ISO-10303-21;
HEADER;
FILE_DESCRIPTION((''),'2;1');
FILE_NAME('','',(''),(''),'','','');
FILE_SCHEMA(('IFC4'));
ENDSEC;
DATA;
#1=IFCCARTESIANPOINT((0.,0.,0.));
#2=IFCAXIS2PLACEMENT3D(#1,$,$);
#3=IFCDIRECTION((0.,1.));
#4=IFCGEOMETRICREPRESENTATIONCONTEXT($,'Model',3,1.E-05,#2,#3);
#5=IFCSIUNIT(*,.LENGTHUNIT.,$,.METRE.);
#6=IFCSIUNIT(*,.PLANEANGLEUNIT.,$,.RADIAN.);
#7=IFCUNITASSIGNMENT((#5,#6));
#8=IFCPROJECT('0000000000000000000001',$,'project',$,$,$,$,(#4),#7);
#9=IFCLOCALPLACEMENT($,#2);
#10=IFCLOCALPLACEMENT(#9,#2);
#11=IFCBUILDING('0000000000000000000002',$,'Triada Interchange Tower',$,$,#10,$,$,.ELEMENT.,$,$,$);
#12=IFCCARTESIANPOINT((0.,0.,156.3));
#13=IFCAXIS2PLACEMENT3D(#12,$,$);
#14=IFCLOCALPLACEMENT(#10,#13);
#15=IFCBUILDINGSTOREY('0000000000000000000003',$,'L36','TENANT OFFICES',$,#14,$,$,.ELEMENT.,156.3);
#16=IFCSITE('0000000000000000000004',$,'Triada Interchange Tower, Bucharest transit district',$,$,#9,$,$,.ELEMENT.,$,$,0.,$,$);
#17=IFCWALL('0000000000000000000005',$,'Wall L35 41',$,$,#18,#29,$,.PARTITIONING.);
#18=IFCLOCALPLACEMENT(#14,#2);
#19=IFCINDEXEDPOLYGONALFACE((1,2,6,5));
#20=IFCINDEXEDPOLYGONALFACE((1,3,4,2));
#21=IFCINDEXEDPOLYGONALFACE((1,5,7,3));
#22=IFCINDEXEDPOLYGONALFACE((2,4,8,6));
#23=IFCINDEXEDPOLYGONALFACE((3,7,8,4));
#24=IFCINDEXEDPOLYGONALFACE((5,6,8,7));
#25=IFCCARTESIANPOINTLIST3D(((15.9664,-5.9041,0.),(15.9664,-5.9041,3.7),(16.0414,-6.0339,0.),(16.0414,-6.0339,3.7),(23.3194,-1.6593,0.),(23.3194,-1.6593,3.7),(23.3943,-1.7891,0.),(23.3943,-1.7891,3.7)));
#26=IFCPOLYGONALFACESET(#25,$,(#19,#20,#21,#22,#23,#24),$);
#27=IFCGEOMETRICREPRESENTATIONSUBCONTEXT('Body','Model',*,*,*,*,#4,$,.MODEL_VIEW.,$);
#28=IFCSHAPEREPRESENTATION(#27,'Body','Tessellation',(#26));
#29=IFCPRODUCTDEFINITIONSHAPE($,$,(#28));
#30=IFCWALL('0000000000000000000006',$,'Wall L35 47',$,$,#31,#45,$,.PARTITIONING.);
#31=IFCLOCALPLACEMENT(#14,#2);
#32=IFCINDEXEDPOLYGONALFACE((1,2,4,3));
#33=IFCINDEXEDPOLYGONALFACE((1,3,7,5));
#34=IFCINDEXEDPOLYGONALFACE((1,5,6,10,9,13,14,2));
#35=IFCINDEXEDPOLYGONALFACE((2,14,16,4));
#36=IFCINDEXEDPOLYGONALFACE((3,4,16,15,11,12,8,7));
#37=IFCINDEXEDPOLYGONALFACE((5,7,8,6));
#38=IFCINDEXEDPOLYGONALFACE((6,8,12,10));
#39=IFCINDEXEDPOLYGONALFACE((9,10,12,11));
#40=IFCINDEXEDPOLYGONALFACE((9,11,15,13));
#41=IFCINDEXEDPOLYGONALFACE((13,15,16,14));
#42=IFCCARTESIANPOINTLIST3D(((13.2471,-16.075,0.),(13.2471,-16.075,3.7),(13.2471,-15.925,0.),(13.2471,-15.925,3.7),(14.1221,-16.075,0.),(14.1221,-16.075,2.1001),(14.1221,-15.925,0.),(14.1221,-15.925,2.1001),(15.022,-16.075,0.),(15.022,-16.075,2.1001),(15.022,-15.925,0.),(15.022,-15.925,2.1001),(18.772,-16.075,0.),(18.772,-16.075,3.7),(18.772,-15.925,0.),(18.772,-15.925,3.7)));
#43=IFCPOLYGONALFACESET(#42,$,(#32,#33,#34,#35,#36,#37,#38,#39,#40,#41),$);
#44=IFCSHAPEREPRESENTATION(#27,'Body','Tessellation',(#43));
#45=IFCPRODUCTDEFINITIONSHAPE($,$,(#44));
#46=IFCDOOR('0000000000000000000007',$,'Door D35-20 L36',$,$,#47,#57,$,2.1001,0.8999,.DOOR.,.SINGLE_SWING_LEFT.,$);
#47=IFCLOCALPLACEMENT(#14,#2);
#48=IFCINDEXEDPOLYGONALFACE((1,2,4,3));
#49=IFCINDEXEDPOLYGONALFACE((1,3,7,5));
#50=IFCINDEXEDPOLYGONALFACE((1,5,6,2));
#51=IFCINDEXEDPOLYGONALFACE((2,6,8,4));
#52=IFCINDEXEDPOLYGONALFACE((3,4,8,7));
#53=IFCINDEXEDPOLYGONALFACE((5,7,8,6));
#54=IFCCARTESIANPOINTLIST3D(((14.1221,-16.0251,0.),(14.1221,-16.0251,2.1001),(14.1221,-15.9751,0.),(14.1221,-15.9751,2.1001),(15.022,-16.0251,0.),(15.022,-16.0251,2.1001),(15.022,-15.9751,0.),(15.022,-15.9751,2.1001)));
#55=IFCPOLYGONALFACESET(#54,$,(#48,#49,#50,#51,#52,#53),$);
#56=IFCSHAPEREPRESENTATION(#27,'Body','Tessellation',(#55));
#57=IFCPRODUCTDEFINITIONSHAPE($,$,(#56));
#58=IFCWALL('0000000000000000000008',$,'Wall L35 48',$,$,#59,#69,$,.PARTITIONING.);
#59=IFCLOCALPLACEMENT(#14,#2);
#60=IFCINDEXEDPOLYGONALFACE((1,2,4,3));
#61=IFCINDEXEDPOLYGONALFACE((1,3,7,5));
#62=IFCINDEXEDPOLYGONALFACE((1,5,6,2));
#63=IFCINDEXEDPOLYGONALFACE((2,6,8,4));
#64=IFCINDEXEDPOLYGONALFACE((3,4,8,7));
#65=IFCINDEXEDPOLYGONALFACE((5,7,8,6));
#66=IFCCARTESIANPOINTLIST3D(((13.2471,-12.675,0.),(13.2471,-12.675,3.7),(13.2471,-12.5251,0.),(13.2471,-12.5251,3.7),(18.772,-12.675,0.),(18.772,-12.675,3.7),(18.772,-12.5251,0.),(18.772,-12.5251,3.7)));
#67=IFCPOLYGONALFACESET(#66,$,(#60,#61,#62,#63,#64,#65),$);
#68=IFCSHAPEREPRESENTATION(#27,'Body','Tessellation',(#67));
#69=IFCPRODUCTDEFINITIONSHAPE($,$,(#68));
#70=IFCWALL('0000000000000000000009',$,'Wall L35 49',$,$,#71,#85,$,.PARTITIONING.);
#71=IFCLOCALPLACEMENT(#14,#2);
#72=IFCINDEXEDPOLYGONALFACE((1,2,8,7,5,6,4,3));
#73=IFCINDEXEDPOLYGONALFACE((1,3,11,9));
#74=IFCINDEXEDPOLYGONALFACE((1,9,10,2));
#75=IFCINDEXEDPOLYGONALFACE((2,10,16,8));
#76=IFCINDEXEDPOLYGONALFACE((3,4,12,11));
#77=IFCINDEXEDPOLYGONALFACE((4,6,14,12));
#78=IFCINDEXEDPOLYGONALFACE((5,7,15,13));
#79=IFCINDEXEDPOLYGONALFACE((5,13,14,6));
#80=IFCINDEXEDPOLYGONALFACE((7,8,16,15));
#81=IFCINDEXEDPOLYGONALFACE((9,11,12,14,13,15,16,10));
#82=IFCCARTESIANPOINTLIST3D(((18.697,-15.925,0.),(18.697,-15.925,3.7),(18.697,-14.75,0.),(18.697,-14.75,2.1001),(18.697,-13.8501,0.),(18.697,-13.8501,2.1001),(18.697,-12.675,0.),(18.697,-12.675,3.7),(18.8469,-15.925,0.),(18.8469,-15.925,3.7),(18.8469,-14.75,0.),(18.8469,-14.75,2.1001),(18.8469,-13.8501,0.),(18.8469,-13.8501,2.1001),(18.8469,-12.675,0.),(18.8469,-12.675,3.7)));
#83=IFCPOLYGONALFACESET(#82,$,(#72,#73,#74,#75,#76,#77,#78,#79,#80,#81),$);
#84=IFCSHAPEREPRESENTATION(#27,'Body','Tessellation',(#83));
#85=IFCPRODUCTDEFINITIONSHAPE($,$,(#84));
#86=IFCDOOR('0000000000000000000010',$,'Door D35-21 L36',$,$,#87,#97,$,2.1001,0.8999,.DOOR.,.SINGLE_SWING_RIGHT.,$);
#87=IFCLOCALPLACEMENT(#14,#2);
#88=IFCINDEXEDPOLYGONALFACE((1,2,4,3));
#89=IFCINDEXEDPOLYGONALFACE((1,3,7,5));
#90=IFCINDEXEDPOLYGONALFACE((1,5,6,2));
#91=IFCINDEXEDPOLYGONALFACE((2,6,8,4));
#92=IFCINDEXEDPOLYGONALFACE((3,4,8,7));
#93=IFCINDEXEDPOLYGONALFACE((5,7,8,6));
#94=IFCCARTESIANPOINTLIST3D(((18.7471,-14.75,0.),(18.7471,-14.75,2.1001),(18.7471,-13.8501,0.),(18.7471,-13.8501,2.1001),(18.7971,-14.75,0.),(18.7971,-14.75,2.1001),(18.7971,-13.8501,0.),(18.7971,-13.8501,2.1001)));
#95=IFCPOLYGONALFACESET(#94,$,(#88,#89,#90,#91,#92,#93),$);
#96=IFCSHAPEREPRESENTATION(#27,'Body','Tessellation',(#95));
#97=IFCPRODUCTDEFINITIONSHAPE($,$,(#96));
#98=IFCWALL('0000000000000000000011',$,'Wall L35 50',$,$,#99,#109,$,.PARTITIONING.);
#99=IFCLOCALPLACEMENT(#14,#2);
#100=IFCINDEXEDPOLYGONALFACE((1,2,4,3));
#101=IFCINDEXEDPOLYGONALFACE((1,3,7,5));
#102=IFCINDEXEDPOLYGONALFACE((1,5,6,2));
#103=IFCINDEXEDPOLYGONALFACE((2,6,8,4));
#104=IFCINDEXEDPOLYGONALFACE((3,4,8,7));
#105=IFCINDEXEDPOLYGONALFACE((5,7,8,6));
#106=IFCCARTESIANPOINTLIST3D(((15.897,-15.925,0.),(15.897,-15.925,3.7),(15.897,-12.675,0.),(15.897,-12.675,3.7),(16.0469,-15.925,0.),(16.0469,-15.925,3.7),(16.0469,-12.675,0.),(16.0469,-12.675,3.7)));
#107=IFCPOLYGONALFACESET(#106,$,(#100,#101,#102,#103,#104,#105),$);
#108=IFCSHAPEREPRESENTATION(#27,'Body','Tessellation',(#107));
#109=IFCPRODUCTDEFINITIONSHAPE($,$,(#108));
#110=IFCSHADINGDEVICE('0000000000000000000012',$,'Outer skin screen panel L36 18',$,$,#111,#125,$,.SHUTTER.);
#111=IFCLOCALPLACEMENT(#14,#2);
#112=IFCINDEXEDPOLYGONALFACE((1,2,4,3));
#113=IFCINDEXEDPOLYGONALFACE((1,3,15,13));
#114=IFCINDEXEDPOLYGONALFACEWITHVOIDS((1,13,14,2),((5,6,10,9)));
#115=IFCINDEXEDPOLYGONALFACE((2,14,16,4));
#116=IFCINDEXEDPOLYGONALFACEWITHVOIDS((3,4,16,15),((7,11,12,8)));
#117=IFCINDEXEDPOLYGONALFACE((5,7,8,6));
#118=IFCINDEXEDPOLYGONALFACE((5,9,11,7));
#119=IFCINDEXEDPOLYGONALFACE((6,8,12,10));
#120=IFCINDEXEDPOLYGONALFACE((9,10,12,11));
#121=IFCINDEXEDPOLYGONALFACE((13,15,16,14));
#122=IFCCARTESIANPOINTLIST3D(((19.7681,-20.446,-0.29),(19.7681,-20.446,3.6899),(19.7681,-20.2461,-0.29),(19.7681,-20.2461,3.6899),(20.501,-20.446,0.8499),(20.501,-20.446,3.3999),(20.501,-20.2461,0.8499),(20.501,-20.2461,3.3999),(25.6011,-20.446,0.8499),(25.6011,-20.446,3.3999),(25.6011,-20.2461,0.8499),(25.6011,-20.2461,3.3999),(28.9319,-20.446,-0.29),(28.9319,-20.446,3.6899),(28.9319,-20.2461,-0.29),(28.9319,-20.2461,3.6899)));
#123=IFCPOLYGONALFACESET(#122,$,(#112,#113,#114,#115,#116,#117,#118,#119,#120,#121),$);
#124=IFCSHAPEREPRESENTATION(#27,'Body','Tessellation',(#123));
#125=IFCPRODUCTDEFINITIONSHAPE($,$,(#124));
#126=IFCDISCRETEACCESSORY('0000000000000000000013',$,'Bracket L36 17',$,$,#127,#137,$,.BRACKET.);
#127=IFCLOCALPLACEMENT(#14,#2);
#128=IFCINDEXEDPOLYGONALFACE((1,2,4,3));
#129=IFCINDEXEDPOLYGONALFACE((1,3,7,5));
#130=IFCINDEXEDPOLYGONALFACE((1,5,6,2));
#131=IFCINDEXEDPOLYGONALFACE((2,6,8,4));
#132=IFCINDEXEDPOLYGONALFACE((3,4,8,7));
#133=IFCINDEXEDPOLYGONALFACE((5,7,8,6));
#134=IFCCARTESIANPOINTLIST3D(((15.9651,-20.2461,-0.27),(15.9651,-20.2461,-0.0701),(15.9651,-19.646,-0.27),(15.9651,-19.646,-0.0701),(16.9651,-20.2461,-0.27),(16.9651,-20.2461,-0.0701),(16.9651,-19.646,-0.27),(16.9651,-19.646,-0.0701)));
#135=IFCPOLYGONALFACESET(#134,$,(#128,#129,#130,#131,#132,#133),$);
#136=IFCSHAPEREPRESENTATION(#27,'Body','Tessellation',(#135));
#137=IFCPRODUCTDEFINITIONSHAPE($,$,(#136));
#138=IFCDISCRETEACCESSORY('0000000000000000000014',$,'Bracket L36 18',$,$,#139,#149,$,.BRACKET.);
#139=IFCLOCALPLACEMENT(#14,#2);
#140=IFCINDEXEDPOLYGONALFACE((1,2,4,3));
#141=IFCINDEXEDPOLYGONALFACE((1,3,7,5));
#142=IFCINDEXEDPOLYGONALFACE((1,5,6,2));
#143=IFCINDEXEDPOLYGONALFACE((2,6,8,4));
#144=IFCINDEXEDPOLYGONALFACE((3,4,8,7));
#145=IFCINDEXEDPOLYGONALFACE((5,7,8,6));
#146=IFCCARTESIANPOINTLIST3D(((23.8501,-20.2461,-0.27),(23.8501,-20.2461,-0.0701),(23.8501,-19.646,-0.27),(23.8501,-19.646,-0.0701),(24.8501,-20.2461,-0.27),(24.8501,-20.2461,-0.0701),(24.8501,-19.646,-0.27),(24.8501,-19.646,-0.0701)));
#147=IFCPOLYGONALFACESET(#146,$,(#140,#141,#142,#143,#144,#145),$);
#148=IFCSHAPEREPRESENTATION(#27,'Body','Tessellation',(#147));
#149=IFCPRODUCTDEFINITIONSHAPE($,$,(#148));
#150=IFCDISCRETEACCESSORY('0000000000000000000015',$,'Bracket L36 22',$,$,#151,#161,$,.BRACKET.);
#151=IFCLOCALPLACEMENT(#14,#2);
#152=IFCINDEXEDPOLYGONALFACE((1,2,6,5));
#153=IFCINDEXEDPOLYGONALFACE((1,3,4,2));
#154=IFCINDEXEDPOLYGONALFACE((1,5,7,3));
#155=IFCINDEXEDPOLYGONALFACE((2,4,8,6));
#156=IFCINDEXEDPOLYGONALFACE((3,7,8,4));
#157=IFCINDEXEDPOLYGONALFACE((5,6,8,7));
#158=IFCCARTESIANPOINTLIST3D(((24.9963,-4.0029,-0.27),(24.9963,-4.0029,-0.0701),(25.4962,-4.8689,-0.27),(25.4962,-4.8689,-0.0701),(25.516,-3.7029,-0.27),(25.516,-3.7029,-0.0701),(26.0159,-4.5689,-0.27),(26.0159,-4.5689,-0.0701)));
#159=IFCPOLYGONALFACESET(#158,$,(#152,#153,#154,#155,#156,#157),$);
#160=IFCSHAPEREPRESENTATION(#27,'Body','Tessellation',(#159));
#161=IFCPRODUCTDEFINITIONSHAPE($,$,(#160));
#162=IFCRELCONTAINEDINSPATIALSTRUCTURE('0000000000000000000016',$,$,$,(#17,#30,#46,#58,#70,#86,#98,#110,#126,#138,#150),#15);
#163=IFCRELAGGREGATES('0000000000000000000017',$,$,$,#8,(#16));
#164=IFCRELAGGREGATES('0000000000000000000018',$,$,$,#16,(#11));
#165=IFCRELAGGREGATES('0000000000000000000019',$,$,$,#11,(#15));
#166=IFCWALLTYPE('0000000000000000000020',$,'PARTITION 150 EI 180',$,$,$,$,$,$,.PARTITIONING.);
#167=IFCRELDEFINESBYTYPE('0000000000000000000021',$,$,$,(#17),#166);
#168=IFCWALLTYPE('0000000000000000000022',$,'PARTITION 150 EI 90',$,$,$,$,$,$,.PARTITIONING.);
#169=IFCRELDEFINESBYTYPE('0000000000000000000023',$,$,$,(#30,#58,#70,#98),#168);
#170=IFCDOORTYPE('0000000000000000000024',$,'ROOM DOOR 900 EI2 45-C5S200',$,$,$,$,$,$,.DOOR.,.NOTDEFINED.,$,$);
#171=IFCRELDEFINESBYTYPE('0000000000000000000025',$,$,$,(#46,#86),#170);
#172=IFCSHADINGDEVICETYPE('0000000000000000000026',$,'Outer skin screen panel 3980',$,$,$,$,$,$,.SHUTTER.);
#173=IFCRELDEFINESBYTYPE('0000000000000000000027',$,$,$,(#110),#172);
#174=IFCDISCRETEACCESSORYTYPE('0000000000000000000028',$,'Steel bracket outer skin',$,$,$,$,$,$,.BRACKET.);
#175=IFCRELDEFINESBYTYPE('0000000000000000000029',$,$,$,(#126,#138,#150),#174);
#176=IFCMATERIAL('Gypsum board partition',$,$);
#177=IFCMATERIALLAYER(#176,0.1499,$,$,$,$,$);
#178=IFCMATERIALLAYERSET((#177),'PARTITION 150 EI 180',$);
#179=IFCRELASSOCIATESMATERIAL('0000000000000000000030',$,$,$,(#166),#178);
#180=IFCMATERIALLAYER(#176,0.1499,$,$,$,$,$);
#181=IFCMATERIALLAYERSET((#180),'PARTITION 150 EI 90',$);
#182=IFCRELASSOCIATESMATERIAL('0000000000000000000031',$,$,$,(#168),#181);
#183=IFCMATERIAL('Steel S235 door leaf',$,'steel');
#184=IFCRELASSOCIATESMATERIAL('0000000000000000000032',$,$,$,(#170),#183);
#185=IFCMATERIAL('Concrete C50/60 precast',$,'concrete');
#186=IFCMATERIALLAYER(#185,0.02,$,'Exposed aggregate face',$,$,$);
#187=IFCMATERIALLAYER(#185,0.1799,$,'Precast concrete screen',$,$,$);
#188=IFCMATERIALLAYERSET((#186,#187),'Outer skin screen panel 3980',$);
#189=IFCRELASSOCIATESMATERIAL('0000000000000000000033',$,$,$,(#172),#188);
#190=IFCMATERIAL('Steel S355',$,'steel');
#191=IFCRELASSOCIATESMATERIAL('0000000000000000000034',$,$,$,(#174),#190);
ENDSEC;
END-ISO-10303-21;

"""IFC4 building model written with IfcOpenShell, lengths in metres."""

from ifc_helpers import new_model, si_unit, direction, frame, frame_2d, origin, origin_2d, place, context, subcontext, project, spatial, polyline, rectangle, outline, extrude, material, layer, layer_set, type_object, element, fill, save


model = new_model("IFC4")

# Units and contexts
model_context = context("Model", 3, precision=1e-05, world=origin(), true_north=direction((0.0, 1.0)))
body_context = subcontext(model_context, "Body", "Model", "MODEL_VIEW")
ifc_project = project(units=[si_unit("LENGTHUNIT", "METRE"), si_unit("PLANEANGLEUNIT", "RADIAN")], contexts=[model_context])

# Site, building, storey
site_placement = place(None, origin())
site = spatial("IfcSite", under=ifc_project, at=site_placement, Name="Triada Interchange Tower, Bucharest transit district", CompositionType="ELEMENT", RefElevation=0.0)
building_placement = place(site_placement, origin())
building = spatial("IfcBuilding", under=site, at=building_placement, Name="Triada Interchange Tower", CompositionType="ELEMENT")
storey_placement = place(building_placement, frame((0.0, 0.0, 156.3)))
storey = spatial("IfcBuildingStorey", under=building, at=storey_placement, Name="L36", Description="TENANT OFFICES", CompositionType="ELEMENT", Elevation=156.3)

# Wall
ifc_material_1 = material(Name="Gypsum board partition")
ifc_layer_1 = layer(ifc_material_1, 0.1499)
ifc_layer_set_1 = layer_set([ifc_layer_1], Name="PARTITION 150 EI 180")
wall_type_1 = type_object("IfcWallType", Name="PARTITION 150 EI 180", PredefinedType="PARTITIONING", material=ifc_layer_set_1)
wall_1_placement = place(storey_placement, frame((16.0039, -5.969, 0.0), z_axis=(0.0, 0.0, 1.0), x_axis=(0.866046, 0.499965, 0.0)))
element("IfcWall", 1, at=wall_1_placement, inside=storey, type_object=wall_type_1, Name="Wall L35 41", PredefinedType="PARTITIONING", context=body_context, shape_type="SweptSolid", body=[
    extrude(rectangle(XDim=8.4902, YDim=0.1499, at=frame_2d((4.2451, 0.0))), origin(), (0.0, 0.0, 1.0), 3.7),
])

# Wall, opening, door
ifc_layer_2 = layer(ifc_material_1, 0.1499)
ifc_layer_set_2 = layer_set([ifc_layer_2], Name="PARTITION 150 EI 90")
wall_type_2 = type_object("IfcWallType", Name="PARTITION 150 EI 90", PredefinedType="PARTITIONING", material=ifc_layer_set_2)
wall_2_placement = place(storey_placement, frame((13.2471, -16.0, 0.0), z_axis=(0.0, 0.0, 1.0), x_axis=(1.0, 0.0, 0.0)))
wall_2 = element("IfcWall", 2, at=wall_2_placement, inside=storey, type_object=wall_type_2, Name="Wall L35 47", PredefinedType="PARTITIONING", context=body_context, shape_type="SweptSolid", body=[
    extrude(rectangle(XDim=5.5249, YDim=0.1499, at=frame_2d((2.7625, 0.0))), origin(), (0.0, 0.0, 1.0), 3.7),
])
opening_1_placement = place(wall_2_placement, frame((0.875, 0.0, 0.0)))
opening_1 = element("IfcOpeningElement", 3, at=opening_1_placement, cuts=wall_2, PredefinedType="OPENING", context=body_context, shape_type="SweptSolid", body=[
    extrude(rectangle(XDim=0.8999, YDim=2.1001, at=frame_2d((0.45, 1.05))), frame((0.0, 0.085, 0.0), z_axis=(0.0, -1.0, 0.0), x_axis=(1.0, 0.0, 0.0)), (0.0, 0.0, 1.0), 0.1699),
])
ifc_material_2 = material(Name="Steel S235 door leaf", Category="steel")
door_type = type_object("IfcDoorType", Name="ROOM DOOR 900 EI2 45-C5S200", OperationType="NOTDEFINED", PredefinedType="DOOR", material=ifc_material_2)
door_1_placement = place(opening_1_placement, origin())
door_1 = element("IfcDoor", 4, at=door_1_placement, inside=storey, type_object=door_type, Name="Door D35-20 L36", OperationType="SINGLE_SWING_LEFT", OverallHeight=2.1001, OverallWidth=0.8999, PredefinedType="DOOR", context=body_context, shape_type="SweptSolid", body=[
    extrude(rectangle(XDim=0.8999, YDim=2.1001, at=frame_2d((0.45, 1.05))), frame((0.0, 0.0249, 0.0), z_axis=(0.0, -1.0, 0.0), x_axis=(1.0, 0.0, 0.0)), (0.0, 0.0, 1.0), 0.05),
])
fill(opening_1, door_1)

# Wall
wall_3_placement = place(storey_placement, frame((13.2471, -12.6001, 0.0), z_axis=(0.0, 0.0, 1.0), x_axis=(1.0, 0.0, 0.0)))
element("IfcWall", 5, at=wall_3_placement, inside=storey, type_object=wall_type_2, Name="Wall L35 48", PredefinedType="PARTITIONING", context=body_context, shape_type="SweptSolid", body=[
    extrude(rectangle(XDim=5.5249, YDim=0.1499, at=frame_2d((2.7625, 0.0))), origin(), (0.0, 0.0, 1.0), 3.7),
])

# Wall, opening, door
wall_4_placement = place(storey_placement, frame((18.772, -15.925, 0.0), z_axis=(0.0, 0.0, 1.0), x_axis=(0.0, 1.0, 0.0)))
wall_4 = element("IfcWall", 6, at=wall_4_placement, inside=storey, type_object=wall_type_2, Name="Wall L35 49", PredefinedType="PARTITIONING", context=body_context, shape_type="SweptSolid", body=[
    extrude(rectangle(XDim=3.25, YDim=0.1499, at=frame_2d((1.625, 0.0))), origin(), (0.0, 0.0, 1.0), 3.7),
])
opening_2_placement = place(wall_4_placement, frame((1.175, 0.0, 0.0)))
opening_2 = element("IfcOpeningElement", 7, at=opening_2_placement, cuts=wall_4, PredefinedType="OPENING", context=body_context, shape_type="SweptSolid", body=[
    extrude(rectangle(XDim=0.8999, YDim=2.1001, at=frame_2d((0.45, 1.05))), frame((0.0, 0.085, 0.0), z_axis=(0.0, -1.0, 0.0), x_axis=(1.0, 0.0, 0.0)), (0.0, 0.0, 1.0), 0.1699),
])
door_2_placement = place(opening_2_placement, origin())
door_2 = element("IfcDoor", 8, at=door_2_placement, inside=storey, type_object=door_type, Name="Door D35-21 L36", OperationType="SINGLE_SWING_RIGHT", OverallHeight=2.1001, OverallWidth=0.8999, PredefinedType="DOOR", context=body_context, shape_type="SweptSolid", body=[
    extrude(rectangle(XDim=0.8999, YDim=2.1001, at=frame_2d((0.45, 1.05))), frame((0.0, 0.0249, 0.0), z_axis=(0.0, -1.0, 0.0), x_axis=(1.0, 0.0, 0.0)), (0.0, 0.0, 1.0), 0.05),
])
fill(opening_2, door_2)

# Wall
wall_5_placement = place(storey_placement, frame((15.9719, -15.925, 0.0), z_axis=(0.0, 0.0, 1.0), x_axis=(0.0, 1.0, 0.0)))
element("IfcWall", 9, at=wall_5_placement, inside=storey, type_object=wall_type_2, Name="Wall L35 50", PredefinedType="PARTITIONING", context=body_context, shape_type="SweptSolid", body=[
    extrude(rectangle(XDim=3.25, YDim=0.1499, at=frame_2d((1.625, 0.0))), origin(), (0.0, 0.0, 1.0), 3.7),
])

# Shading device
ifc_material_3 = material(Name="Concrete C50/60 precast", Category="concrete")
ifc_layer_3 = layer(ifc_material_3, 0.02, Name="Exposed aggregate face")
ifc_layer_4 = layer(ifc_material_3, 0.1799, Name="Precast concrete screen")
ifc_layer_set_3 = layer_set([ifc_layer_3, ifc_layer_4], Name="Outer skin screen panel 3980")
shading_device_type = type_object("IfcShadingDeviceType", Name="Outer skin screen panel 3980", PredefinedType="SHUTTER", material=ifc_layer_set_3)
shading_device_placement = place(storey_placement, frame((19.7681, -20.2461, -0.29), z_axis=(0.0, 0.0, 1.0), x_axis=(1.0, 0.0, 0.0)))
element("IfcShadingDevice", 10, at=shading_device_placement, inside=storey, type_object=shading_device_type, Name="Outer skin screen panel L36 18", PredefinedType="SHUTTER", context=body_context, shape_type="SweptSolid", body=[
    extrude(outline(polyline([(0.0, 0.0), (9.1638, 0.0), (9.1638, 3.98), (0.0, 3.98), (0.0, 0.0)]), holes=[polyline([(0.7329, 1.1399), (0.7329, 3.6899), (5.833, 3.6899), (5.833, 1.1399), (0.7329, 1.1399)])]), frame((0.0, 0.0, 0.0), z_axis=(0.0, -1.0, 0.0), x_axis=(1.0, 0.0, 0.0)), (0.0, 0.0, 1.0), 0.2),
])

# Discrete accessories
ifc_material_4 = material(Name="Steel S355", Category="steel")
discrete_accessory_type = type_object("IfcDiscreteAccessoryType", Name="Steel bracket outer skin", PredefinedType="BRACKET", material=ifc_material_4)
for number, where, z_axis, x_axis, name in (
    (11, (16.4651, -19.946, -0.27), (0.0, 0.0, 1.0), (0.0, -1.0, 0.0), "Bracket L36 17"),
    (12, (24.3501, -19.946, -0.27), (0.0, 0.0, 1.0), (0.0, -1.0, 0.0), "Bracket L36 18"),
    (13, (25.5061, -4.2859, -0.27), (0.0, 0.0, 1.0), (0.866036, 0.499982, 0.0), "Bracket L36 22"),
):
    element("IfcDiscreteAccessory", number, at=place(storey_placement, frame(where, z_axis=z_axis, x_axis=x_axis)), inside=storey, type_object=discrete_accessory_type, Name=name, PredefinedType="BRACKET", context=body_context, shape_type="SweptSolid", body=[
        extrude(rectangle(XDim=0.6001, YDim=1.0, at=origin_2d()), origin(), (0.0, 0.0, 1.0), 0.2),
    ])

save(model, "model.ifc")
